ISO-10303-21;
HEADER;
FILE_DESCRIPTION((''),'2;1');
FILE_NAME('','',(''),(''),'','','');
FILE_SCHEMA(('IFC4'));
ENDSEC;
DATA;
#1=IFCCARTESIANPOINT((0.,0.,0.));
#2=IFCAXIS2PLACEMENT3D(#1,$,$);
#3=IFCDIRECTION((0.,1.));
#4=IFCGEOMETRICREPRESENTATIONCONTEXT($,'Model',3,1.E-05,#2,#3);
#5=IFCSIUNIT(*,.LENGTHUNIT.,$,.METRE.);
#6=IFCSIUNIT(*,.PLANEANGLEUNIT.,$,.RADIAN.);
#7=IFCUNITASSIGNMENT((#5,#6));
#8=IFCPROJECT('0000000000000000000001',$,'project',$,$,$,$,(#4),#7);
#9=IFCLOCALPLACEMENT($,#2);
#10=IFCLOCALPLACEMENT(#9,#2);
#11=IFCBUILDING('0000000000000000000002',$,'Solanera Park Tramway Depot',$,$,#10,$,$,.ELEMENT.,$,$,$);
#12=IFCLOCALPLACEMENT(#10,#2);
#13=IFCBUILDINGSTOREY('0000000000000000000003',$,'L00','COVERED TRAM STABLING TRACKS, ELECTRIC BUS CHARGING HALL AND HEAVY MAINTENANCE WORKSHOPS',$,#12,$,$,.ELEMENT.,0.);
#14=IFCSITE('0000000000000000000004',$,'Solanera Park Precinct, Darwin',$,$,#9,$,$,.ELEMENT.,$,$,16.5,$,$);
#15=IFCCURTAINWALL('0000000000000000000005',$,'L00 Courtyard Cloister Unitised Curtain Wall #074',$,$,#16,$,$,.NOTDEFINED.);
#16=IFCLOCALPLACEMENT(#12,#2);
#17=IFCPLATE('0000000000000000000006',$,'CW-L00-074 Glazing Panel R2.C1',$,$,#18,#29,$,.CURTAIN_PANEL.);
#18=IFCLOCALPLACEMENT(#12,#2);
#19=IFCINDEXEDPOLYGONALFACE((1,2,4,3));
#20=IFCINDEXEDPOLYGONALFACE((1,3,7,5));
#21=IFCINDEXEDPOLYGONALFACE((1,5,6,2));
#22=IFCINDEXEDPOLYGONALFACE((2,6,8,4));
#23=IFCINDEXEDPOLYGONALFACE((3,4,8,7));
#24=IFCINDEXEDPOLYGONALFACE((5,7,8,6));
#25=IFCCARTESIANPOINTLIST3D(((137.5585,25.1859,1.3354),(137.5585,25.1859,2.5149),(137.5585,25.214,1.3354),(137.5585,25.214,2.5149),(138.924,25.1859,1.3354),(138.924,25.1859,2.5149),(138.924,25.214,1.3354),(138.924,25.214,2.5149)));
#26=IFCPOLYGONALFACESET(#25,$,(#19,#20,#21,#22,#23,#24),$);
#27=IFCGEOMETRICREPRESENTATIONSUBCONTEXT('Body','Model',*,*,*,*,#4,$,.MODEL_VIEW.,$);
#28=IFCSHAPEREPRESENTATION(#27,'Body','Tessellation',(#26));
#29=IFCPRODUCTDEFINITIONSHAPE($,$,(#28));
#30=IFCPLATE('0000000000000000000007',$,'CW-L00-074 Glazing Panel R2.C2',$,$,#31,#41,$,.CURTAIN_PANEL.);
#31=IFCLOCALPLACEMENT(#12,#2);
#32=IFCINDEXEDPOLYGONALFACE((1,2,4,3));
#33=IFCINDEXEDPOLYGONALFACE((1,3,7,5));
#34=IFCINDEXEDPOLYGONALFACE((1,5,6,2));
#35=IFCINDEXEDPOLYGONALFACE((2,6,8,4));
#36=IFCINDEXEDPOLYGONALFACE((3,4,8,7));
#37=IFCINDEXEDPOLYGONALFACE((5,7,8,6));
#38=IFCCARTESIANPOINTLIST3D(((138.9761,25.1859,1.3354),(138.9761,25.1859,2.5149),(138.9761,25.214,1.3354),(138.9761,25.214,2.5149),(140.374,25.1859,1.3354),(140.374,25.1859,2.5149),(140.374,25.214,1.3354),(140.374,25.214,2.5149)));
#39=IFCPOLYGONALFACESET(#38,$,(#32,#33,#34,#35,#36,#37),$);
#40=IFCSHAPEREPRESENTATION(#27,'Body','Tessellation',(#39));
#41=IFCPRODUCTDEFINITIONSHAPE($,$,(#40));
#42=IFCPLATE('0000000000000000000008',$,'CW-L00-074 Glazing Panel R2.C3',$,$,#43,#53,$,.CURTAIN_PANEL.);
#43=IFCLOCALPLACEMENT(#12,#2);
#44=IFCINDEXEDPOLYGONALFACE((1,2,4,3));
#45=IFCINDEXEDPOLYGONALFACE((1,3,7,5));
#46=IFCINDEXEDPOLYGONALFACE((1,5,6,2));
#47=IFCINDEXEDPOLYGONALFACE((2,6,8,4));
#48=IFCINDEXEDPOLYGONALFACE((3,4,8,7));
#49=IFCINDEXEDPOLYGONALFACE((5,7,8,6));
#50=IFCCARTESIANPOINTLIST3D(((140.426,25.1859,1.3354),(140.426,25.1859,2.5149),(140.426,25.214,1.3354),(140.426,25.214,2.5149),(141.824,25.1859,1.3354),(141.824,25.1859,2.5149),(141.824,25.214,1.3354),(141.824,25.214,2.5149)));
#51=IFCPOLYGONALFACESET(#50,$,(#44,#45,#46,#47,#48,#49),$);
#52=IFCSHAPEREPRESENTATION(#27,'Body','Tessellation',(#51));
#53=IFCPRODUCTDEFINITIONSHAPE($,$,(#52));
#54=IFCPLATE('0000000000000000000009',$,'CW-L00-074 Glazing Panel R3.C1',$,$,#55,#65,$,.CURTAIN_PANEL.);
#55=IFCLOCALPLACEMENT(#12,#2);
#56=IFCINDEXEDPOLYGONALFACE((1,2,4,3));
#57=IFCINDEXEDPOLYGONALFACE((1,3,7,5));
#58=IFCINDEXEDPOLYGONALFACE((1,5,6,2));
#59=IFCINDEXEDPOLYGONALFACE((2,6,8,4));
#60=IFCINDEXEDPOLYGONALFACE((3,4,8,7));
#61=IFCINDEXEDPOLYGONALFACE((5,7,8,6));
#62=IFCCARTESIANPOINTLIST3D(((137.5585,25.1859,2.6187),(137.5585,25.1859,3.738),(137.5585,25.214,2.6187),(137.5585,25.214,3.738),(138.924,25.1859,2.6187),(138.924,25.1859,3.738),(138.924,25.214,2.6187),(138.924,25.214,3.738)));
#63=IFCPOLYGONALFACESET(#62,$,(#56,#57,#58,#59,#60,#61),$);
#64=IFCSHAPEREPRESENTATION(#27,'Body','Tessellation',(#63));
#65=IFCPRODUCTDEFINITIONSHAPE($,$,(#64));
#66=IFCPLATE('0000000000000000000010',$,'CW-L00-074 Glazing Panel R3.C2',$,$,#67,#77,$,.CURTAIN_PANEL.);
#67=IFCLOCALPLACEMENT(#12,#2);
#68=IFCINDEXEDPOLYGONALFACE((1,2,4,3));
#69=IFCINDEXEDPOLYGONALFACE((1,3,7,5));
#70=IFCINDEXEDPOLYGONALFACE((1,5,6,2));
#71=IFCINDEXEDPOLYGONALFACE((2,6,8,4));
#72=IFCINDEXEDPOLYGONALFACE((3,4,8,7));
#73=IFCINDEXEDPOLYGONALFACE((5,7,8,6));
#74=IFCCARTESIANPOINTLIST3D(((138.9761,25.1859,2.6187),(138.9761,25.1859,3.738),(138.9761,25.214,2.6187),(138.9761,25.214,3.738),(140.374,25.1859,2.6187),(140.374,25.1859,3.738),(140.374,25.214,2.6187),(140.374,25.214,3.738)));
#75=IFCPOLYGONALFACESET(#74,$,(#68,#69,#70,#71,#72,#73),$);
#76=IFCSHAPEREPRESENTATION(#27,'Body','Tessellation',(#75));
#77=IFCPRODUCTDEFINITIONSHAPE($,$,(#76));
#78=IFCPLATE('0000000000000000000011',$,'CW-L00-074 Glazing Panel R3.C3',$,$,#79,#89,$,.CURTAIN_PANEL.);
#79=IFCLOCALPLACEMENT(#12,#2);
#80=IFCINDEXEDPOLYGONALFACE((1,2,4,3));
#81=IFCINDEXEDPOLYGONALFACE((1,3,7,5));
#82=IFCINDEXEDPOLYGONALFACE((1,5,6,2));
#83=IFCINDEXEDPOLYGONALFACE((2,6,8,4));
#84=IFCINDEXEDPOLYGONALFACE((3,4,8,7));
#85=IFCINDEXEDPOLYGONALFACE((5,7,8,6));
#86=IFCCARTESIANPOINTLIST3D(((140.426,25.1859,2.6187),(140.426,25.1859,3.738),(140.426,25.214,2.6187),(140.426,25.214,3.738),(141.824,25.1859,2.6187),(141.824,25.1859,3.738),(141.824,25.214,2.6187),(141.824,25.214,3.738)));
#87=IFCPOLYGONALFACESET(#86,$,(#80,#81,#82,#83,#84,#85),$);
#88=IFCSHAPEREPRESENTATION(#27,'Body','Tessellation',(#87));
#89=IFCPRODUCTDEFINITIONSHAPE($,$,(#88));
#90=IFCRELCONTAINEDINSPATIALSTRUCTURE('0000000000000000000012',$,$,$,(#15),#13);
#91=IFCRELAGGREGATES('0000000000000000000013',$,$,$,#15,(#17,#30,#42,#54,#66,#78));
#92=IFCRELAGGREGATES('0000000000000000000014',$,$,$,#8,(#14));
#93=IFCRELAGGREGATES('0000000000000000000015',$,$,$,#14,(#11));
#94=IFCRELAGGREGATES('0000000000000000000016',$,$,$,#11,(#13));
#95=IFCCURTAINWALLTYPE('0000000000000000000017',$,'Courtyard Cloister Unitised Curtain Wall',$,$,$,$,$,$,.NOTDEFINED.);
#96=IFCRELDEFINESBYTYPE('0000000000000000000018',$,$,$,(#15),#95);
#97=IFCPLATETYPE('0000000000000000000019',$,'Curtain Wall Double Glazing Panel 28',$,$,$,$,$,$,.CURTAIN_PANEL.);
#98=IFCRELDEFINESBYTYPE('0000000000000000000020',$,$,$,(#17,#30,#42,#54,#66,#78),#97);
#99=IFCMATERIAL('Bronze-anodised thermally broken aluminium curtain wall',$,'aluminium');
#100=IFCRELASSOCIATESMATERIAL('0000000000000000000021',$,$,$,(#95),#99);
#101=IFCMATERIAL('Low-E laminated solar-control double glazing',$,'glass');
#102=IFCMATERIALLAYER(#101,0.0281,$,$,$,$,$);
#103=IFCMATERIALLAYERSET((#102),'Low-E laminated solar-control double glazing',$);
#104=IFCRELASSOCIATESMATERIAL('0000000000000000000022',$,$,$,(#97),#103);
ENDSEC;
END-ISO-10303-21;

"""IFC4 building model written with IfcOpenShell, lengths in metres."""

from ifc_helpers import new_model, si_unit, direction, frame, origin, origin_2d, place, context, subcontext, project, spatial, rectangle, extrude, material, layer, layer_set, type_object, element, aggregate, save


model = new_model("IFC4")

# Units and contexts
model_context = context("Model", 3, precision=1e-05, world=origin(), true_north=direction((0.0, 1.0)))
body_context = subcontext(model_context, "Body", "Model", "MODEL_VIEW")
ifc_project = project(units=[si_unit("LENGTHUNIT", "METRE"), si_unit("PLANEANGLEUNIT", "RADIAN")], contexts=[model_context])

# Site, building, storey
site_placement = place(None, origin())
site = spatial("IfcSite", under=ifc_project, at=site_placement, Name="Solanera Park Precinct, Darwin", CompositionType="ELEMENT", RefElevation=16.5)
building_placement = place(site_placement, origin())
building = spatial("IfcBuilding", under=site, at=building_placement, Name="Solanera Park Tramway Depot", CompositionType="ELEMENT")
storey_placement = place(building_placement, origin())
storey = spatial("IfcBuildingStorey", under=building, at=storey_placement, Name="L00", Description="COVERED TRAM STABLING TRACKS, ELECTRIC BUS CHARGING HALL AND HEAVY MAINTENANCE WORKSHOPS", CompositionType="ELEMENT", Elevation=0.0)

# Shared definitions
ifc_material_1 = material(Name="Bronze-anodised thermally broken aluminium curtain wall", Category="aluminium")
curtain_wall_type = type_object("IfcCurtainWallType", Name="Courtyard Cloister Unitised Curtain Wall", PredefinedType="NOTDEFINED", material=ifc_material_1)

# Curtain wall
curtain_wall_1_placement = place(storey_placement, origin())
curtain_wall_1 = element("IfcCurtainWall", 1, at=curtain_wall_1_placement, inside=storey, type_object=curtain_wall_type, Name="L00 Courtyard Cloister Unitised Curtain Wall #074", PredefinedType="NOTDEFINED")

# Plates
ifc_material_2 = material(Name="Low-E laminated solar-control double glazing", Category="glass")
ifc_layer = layer(ifc_material_2, 0.0281)
ifc_layer_set = layer_set([ifc_layer], Name="Low-E laminated solar-control double glazing")
plate_type = type_object("IfcPlateType", Name="Curtain Wall Double Glazing Panel 28", PredefinedType="CURTAIN_PANEL", material=ifc_layer_set)
plate_1_placement = place(storey_placement, frame((138.2412, 25.2, 1.3354), z_axis=(0.0, 0.0, 1.0), x_axis=(1.0, 0.0, 0.0)))
plate_1 = element("IfcPlate", 2, at=plate_1_placement, type_object=plate_type, Name="CW-L00-074 Glazing Panel R2.C1", PredefinedType="CURTAIN_PANEL", context=body_context, shape_type="SweptSolid", body=[
    extrude(rectangle(XDim=1.3655, YDim=0.0281, at=origin_2d()), origin(), (0.0, 0.0, 1.0), 1.1794),
])
plate_2_placement = place(storey_placement, frame((139.675, 25.2, 1.3354), z_axis=(0.0, 0.0, 1.0), x_axis=(1.0, 0.0, 0.0)))
plate_2 = element("IfcPlate", 3, at=plate_2_placement, type_object=plate_type, Name="CW-L00-074 Glazing Panel R2.C2", PredefinedType="CURTAIN_PANEL", context=body_context, shape_type="SweptSolid", body=[
    extrude(rectangle(XDim=1.3979, YDim=0.0281, at=origin_2d()), origin(), (0.0, 0.0, 1.0), 1.1794),
])
plate_3_placement = place(storey_placement, frame((141.125, 25.2, 1.3354), z_axis=(0.0, 0.0, 1.0), x_axis=(1.0, 0.0, 0.0)))
plate_3 = element("IfcPlate", 4, at=plate_3_placement, type_object=plate_type, Name="CW-L00-074 Glazing Panel R2.C3", PredefinedType="CURTAIN_PANEL", context=body_context, shape_type="SweptSolid", body=[
    extrude(rectangle(XDim=1.3979, YDim=0.0281, at=origin_2d()), origin(), (0.0, 0.0, 1.0), 1.1794),
])
plate_4_placement = place(storey_placement, frame((138.2412, 25.2, 2.6187), z_axis=(0.0, 0.0, 1.0), x_axis=(1.0, 0.0, 0.0)))
plate_4 = element("IfcPlate", 5, at=plate_4_placement, type_object=plate_type, Name="CW-L00-074 Glazing Panel R3.C1", PredefinedType="CURTAIN_PANEL", context=body_context, shape_type="SweptSolid", body=[
    extrude(rectangle(XDim=1.3655, YDim=0.0281, at=origin_2d()), origin(), (0.0, 0.0, 1.0), 1.1194),
])
plate_5_placement = place(storey_placement, frame((139.675, 25.2, 2.6187), z_axis=(0.0, 0.0, 1.0), x_axis=(1.0, 0.0, 0.0)))
plate_5 = element("IfcPlate", 6, at=plate_5_placement, type_object=plate_type, Name="CW-L00-074 Glazing Panel R3.C2", PredefinedType="CURTAIN_PANEL", context=body_context, shape_type="SweptSolid", body=[
    extrude(rectangle(XDim=1.3979, YDim=0.0281, at=origin_2d()), origin(), (0.0, 0.0, 1.0), 1.1194),
])
plate_6_placement = place(storey_placement, frame((141.125, 25.2, 2.6187), z_axis=(0.0, 0.0, 1.0), x_axis=(1.0, 0.0, 0.0)))
plate_6 = element("IfcPlate", 7, at=plate_6_placement, type_object=plate_type, Name="CW-L00-074 Glazing Panel R3.C3", PredefinedType="CURTAIN_PANEL", context=body_context, shape_type="SweptSolid", body=[
    extrude(rectangle(XDim=1.3979, YDim=0.0281, at=origin_2d()), origin(), (0.0, 0.0, 1.0), 1.1194),
])
aggregate(curtain_wall_1, [plate_1, plate_2, plate_3, plate_4, plate_5, plate_6])

save(model, "model.ifc")
